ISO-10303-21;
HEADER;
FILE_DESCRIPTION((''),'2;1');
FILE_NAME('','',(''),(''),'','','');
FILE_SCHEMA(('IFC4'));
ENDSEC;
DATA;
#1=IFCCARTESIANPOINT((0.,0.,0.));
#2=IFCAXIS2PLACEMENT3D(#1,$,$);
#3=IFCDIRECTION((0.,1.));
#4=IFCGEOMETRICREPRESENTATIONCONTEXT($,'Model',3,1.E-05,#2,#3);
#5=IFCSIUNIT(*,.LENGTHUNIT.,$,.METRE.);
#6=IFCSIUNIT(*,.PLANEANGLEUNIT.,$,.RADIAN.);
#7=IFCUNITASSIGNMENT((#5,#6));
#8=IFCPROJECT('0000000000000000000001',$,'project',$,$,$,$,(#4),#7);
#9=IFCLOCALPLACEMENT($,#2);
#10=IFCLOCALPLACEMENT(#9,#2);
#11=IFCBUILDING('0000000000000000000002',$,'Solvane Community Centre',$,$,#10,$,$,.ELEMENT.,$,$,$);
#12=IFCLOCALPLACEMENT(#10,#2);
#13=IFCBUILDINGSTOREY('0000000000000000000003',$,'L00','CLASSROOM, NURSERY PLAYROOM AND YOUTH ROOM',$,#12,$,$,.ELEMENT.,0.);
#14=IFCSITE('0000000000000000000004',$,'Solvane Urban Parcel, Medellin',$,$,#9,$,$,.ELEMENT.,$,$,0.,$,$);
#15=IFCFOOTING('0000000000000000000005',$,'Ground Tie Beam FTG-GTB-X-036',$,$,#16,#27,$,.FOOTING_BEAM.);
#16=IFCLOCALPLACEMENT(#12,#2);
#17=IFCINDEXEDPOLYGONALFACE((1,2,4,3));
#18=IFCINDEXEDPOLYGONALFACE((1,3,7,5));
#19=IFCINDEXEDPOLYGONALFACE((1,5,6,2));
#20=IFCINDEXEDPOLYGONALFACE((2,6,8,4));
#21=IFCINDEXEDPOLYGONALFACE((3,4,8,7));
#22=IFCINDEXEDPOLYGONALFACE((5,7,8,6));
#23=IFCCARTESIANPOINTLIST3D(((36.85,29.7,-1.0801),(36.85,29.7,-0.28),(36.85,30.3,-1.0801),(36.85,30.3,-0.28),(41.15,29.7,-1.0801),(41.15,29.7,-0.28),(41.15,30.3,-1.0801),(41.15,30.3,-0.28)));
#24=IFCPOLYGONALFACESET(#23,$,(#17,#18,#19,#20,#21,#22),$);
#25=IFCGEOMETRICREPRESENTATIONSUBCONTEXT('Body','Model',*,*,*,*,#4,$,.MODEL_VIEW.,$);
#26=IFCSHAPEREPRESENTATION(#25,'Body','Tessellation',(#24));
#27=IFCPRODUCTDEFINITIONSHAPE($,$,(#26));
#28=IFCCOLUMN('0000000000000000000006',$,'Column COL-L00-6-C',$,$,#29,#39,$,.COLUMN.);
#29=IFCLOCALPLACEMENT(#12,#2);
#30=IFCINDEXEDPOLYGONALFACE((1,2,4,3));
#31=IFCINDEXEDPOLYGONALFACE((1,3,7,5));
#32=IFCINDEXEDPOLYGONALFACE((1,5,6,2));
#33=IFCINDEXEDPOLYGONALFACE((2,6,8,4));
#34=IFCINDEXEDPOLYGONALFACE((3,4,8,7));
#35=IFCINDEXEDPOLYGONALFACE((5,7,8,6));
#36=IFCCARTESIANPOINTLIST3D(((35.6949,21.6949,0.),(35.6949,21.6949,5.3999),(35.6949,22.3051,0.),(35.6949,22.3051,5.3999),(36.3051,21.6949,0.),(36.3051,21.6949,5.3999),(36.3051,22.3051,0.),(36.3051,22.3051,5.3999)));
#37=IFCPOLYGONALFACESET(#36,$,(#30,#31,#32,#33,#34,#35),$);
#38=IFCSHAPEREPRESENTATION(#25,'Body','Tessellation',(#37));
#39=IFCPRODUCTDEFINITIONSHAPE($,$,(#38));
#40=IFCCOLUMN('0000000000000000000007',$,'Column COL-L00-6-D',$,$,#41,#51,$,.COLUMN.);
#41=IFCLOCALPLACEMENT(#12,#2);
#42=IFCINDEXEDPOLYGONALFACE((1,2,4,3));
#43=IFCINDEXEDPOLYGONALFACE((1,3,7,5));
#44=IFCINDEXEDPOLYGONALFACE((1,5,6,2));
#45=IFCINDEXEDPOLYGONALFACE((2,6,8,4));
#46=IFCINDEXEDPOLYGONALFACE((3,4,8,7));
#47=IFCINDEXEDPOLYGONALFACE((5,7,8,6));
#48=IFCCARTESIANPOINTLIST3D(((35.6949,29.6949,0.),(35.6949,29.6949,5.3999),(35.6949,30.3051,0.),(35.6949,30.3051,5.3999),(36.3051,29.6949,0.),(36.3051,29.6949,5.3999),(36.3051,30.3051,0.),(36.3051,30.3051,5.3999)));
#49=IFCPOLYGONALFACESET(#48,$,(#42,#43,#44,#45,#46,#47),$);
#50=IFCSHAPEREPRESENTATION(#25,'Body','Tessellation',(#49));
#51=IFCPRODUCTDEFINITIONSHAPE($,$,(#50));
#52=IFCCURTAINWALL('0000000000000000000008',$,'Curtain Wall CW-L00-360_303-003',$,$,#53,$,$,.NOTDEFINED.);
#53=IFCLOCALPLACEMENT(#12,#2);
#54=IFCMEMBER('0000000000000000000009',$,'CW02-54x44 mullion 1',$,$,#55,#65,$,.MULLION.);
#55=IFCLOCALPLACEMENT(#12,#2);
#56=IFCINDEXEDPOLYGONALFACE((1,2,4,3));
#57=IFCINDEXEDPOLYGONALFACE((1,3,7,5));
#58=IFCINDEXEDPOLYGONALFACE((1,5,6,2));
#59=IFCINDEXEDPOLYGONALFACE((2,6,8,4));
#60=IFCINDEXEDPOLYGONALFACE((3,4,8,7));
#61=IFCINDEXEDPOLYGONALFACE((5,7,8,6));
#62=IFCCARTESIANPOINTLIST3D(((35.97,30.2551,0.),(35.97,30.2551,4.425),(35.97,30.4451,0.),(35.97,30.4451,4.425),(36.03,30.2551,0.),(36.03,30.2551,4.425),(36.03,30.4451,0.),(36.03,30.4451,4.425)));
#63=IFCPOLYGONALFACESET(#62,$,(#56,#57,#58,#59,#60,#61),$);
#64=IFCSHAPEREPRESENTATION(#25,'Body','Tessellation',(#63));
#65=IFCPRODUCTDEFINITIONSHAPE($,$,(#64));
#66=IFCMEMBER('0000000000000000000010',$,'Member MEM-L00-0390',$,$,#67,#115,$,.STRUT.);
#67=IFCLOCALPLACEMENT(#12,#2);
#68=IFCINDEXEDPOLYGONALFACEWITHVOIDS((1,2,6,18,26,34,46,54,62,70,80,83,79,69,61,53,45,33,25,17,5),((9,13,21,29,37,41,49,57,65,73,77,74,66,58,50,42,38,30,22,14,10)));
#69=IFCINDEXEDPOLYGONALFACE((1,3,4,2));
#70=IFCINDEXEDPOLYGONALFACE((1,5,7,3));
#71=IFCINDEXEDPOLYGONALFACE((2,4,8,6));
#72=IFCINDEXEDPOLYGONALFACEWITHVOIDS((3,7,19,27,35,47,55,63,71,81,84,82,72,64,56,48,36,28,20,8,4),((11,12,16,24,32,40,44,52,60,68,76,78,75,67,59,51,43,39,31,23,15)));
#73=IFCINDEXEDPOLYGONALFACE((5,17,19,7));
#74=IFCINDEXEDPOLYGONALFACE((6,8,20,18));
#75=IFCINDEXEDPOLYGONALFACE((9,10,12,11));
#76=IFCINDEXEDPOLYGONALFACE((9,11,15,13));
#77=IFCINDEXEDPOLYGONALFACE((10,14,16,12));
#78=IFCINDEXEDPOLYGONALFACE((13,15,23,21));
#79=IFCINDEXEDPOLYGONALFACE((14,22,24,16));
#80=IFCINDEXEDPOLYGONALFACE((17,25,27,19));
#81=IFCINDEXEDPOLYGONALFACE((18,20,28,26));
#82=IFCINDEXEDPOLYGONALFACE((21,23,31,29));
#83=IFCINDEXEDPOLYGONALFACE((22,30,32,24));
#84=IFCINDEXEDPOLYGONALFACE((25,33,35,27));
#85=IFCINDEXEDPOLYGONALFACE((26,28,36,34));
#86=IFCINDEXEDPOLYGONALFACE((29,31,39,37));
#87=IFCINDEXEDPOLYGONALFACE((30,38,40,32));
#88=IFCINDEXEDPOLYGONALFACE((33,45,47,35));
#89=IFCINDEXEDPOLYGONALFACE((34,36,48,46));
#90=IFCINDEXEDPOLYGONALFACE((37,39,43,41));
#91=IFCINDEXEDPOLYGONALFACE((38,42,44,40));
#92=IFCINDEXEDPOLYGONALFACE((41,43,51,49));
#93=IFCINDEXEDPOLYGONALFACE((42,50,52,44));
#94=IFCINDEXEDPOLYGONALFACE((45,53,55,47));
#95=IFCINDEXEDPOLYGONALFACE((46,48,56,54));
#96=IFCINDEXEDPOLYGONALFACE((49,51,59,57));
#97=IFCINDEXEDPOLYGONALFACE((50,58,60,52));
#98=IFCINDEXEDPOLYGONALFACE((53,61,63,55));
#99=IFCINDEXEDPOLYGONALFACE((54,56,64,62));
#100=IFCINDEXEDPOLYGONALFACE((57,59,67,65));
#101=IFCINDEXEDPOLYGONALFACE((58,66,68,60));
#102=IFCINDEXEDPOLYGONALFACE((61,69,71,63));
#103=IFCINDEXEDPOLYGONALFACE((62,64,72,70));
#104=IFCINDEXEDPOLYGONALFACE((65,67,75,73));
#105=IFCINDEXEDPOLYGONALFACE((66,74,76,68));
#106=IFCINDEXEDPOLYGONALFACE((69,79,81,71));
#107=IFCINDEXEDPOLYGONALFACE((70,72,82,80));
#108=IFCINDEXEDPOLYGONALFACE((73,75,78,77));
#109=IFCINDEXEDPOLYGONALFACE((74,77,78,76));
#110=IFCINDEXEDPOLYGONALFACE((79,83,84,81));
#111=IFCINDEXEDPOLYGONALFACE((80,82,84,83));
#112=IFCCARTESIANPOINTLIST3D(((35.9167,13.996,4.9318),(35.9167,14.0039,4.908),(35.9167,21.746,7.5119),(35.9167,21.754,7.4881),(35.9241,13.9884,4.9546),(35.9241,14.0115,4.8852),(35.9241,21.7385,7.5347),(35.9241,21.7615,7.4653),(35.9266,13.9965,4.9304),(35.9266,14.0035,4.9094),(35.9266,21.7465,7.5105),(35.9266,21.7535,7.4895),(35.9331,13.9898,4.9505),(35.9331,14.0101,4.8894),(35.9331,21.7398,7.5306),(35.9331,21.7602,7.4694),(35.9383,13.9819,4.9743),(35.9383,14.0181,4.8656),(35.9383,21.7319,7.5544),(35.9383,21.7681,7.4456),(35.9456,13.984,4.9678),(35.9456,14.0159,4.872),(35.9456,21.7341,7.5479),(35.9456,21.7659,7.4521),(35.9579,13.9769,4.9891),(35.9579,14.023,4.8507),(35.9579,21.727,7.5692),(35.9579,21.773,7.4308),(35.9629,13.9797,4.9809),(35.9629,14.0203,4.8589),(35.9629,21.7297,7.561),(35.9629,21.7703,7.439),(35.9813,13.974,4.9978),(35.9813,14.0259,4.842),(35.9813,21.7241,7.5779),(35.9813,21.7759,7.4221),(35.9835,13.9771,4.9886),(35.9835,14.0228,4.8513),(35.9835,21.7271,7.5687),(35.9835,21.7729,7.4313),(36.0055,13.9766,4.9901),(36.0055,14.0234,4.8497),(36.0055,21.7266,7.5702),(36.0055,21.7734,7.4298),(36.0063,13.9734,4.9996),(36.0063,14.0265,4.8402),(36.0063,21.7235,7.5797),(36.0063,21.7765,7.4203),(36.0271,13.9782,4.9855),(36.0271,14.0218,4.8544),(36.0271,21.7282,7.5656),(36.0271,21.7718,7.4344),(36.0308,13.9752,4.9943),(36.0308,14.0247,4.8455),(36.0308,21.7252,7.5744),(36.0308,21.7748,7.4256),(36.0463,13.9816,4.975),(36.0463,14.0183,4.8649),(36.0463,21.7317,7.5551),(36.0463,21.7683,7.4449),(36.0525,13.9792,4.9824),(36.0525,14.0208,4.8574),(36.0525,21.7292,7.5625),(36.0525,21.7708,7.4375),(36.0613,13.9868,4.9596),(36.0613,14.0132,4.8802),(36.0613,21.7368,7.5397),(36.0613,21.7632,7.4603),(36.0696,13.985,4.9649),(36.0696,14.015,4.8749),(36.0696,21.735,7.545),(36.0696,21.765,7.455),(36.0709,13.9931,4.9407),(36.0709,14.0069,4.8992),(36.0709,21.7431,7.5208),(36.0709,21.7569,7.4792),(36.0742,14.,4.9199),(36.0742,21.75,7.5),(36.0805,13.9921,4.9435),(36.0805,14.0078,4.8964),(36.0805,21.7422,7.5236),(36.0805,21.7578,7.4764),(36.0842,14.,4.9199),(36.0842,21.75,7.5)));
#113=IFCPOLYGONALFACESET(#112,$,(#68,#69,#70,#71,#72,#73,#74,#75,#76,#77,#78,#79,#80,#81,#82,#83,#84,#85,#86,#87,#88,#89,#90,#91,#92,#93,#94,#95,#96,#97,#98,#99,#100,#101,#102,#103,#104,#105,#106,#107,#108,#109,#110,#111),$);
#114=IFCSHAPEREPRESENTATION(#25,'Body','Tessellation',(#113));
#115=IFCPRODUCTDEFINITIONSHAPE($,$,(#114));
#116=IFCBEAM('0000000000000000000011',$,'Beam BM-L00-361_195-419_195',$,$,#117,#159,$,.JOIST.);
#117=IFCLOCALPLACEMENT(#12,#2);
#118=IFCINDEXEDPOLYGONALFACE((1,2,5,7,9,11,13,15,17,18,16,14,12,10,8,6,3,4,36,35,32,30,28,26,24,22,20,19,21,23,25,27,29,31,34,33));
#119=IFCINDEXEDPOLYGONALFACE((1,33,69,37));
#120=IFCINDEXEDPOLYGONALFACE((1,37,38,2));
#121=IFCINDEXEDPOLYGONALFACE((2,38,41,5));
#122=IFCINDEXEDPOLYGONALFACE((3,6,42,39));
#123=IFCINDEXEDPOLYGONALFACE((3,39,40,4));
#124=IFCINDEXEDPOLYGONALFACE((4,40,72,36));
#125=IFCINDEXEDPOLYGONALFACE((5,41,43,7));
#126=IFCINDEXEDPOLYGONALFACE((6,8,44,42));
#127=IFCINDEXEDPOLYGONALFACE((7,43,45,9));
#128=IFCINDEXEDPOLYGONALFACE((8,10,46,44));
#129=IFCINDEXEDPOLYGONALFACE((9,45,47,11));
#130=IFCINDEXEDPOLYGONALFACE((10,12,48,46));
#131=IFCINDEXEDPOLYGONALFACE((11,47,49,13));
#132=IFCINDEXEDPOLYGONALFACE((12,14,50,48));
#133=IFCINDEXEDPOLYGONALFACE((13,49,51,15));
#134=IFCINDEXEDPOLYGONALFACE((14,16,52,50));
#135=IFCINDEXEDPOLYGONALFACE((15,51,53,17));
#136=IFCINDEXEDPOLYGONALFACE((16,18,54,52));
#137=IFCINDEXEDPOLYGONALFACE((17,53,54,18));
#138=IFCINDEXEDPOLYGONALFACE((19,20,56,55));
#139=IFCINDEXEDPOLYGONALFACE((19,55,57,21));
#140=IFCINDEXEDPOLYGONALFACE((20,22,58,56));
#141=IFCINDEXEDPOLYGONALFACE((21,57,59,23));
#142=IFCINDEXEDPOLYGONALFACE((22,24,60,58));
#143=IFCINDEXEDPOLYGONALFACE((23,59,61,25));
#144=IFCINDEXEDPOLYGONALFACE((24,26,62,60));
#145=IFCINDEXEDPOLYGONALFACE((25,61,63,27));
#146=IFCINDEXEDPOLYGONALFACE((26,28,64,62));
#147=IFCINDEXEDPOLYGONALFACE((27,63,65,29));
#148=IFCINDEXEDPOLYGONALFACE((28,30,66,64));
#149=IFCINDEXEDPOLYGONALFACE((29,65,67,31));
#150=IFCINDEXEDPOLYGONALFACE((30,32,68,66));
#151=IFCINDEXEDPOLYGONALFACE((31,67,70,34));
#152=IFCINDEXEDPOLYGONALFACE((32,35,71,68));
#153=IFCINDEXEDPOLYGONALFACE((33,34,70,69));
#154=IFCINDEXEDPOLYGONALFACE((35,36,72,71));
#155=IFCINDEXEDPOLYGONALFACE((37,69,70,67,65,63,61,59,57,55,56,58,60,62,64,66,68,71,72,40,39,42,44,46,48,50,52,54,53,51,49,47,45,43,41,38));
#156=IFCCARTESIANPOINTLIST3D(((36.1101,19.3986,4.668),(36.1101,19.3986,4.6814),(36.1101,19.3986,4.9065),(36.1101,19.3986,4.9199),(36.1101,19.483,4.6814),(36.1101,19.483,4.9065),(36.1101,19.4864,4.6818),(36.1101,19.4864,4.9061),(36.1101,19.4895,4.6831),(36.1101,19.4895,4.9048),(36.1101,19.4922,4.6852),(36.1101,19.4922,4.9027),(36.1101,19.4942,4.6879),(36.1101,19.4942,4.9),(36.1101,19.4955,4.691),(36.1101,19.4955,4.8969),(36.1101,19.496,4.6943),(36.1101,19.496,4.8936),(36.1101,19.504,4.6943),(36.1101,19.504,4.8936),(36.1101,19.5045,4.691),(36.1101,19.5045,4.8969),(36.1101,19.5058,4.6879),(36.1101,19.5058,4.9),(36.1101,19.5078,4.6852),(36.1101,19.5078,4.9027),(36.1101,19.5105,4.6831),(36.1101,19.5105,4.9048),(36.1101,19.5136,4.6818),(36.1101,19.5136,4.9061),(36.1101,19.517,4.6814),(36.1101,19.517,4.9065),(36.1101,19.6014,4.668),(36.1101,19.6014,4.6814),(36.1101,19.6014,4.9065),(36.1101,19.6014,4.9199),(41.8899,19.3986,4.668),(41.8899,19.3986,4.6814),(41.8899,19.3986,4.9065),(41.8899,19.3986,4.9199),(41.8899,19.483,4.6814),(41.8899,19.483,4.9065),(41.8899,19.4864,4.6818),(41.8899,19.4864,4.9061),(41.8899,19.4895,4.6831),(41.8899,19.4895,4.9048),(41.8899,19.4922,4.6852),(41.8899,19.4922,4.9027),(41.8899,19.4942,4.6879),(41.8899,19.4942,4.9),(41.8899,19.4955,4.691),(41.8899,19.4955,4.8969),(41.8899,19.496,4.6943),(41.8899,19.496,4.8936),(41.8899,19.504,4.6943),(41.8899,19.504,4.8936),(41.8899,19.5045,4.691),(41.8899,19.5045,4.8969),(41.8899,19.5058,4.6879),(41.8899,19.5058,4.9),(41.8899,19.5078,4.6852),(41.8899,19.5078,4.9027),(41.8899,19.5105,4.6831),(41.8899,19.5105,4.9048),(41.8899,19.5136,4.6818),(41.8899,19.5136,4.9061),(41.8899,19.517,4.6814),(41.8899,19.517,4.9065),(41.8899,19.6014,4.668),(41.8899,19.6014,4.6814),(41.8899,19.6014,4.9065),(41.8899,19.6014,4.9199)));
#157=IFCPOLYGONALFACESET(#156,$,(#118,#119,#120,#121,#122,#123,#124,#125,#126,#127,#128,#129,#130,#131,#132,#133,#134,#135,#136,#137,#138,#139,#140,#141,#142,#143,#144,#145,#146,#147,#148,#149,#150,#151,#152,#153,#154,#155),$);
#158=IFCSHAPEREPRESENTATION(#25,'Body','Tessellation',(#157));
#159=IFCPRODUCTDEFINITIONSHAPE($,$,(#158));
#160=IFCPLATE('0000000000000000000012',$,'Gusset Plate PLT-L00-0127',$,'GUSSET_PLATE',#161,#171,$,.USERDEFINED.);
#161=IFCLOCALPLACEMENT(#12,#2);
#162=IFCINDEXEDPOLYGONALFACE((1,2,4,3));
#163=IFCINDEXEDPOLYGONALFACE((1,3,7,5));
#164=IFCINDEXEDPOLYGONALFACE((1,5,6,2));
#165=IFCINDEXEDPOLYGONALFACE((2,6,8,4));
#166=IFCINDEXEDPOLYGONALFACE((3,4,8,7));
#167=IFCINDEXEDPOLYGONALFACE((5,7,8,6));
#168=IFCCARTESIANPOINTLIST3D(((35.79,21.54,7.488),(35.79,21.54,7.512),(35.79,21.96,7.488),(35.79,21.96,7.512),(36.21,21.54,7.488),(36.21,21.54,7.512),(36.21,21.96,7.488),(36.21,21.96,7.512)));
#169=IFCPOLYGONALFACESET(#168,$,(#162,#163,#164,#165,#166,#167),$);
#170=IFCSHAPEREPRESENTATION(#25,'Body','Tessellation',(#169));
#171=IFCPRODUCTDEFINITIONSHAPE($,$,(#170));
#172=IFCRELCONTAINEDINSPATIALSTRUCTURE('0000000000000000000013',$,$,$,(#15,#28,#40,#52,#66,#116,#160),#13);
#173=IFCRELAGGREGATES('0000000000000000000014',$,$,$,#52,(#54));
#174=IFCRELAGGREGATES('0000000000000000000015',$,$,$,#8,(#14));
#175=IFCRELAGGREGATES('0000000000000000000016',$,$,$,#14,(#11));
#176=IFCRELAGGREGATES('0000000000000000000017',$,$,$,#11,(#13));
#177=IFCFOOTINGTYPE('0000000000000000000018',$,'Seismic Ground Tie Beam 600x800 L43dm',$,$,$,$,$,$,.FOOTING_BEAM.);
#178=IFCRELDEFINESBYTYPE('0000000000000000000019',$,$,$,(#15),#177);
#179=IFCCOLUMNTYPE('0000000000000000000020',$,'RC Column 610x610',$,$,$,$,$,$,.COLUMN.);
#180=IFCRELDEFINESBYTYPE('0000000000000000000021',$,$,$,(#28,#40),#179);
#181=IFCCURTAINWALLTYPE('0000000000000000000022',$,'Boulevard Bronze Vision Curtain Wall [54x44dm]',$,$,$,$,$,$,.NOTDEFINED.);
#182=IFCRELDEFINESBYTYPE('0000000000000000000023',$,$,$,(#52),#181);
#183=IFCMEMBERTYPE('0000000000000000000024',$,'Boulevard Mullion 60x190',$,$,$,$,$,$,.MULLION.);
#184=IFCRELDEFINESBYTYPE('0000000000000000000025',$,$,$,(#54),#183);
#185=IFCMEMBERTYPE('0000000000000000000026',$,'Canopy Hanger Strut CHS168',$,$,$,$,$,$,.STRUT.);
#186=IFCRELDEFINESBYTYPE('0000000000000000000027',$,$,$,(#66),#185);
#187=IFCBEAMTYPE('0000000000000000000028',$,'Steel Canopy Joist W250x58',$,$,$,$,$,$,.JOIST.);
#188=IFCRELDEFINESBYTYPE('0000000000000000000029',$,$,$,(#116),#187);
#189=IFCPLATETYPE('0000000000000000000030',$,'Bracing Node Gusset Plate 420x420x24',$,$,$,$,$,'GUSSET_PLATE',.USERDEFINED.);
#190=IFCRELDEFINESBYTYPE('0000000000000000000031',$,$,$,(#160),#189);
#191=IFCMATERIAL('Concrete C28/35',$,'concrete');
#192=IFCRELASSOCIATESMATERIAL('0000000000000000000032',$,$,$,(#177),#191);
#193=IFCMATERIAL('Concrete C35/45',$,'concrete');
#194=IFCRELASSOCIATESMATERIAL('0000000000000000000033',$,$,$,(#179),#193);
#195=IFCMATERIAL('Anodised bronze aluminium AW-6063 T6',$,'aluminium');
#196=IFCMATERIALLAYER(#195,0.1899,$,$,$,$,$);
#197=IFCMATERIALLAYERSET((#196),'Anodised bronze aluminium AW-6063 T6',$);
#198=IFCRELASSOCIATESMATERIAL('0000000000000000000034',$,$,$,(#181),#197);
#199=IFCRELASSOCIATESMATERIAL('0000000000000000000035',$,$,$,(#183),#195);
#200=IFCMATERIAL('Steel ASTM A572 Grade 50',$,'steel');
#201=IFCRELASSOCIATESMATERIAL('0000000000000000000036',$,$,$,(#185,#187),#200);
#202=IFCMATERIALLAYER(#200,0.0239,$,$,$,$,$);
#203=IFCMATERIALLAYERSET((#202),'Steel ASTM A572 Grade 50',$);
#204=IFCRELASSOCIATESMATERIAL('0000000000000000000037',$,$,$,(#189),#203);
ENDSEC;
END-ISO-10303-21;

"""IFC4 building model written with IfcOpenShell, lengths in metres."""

from ifc_helpers import new_model, si_unit, direction, frame, origin, origin_2d, place, context, subcontext, project, spatial, rectangle, hollow_circle, i_section, extrude, material, layer, layer_set, material_profile, profile_set, type_object, element, aggregate, save


model = new_model("IFC4")

# Units and contexts
model_context = context("Model", 3, precision=1e-05, world=origin(), true_north=direction((0.0, 1.0)))
body_context = subcontext(model_context, "Body", "Model", "MODEL_VIEW")
ifc_project = project(units=[si_unit("LENGTHUNIT", "METRE"), si_unit("PLANEANGLEUNIT", "RADIAN")], contexts=[model_context])

# Site, building, storey
site_placement = place(None, origin())
site = spatial("IfcSite", under=ifc_project, at=site_placement, Name="Solvane Urban Parcel, Medellin", CompositionType="ELEMENT", RefElevation=0.0)
building_placement = place(site_placement, origin())
building = spatial("IfcBuilding", under=site, at=building_placement, Name="Solvane Community Centre", CompositionType="ELEMENT")
storey_placement = place(building_placement, origin())
storey = spatial("IfcBuildingStorey", under=building, at=storey_placement, Name="L00", Description="CLASSROOM, NURSERY PLAYROOM AND YOUTH ROOM", CompositionType="ELEMENT", Elevation=0.0)

# Shared definitions
ifc_material_1 = material(Name="Concrete C28/35", Category="concrete")

# Footing
footing_type_1 = type_object("IfcFootingType", Name="Seismic Ground Tie Beam 600x800 L43dm", PredefinedType="FOOTING_BEAM", material=ifc_material_1)
for number, where, z_axis, x_axis, name in (
    (1, (39.0, 30.0, -1.0801), (0.0, 0.0, 1.0), (1.0, 0.0, 0.0), "Ground Tie Beam FTG-GTB-X-036"),
):
    element("IfcFooting", number, at=place(storey_placement, frame(where, z_axis=z_axis, x_axis=x_axis)), inside=storey, type_object=footing_type_1, Name=name, PredefinedType="FOOTING_BEAM", context=body_context, shape_type="SweptSolid", body=[
        extrude(rectangle(XDim=4.3, YDim=0.6001, at=origin_2d()), origin(), (0.0, 0.0, 1.0), 0.8),
    ])

# Columns
ifc_material_2 = material(Name="Concrete C35/45", Category="concrete")
ifc_material_profile_1 = material_profile(ifc_material_2, rectangle(XDim=0.6101, YDim=0.6101, at=origin_2d()), Name="RC 610x610")
ifc_profile_set_1 = profile_set([ifc_material_profile_1], Name="Concrete C35/45")
column_type = type_object("IfcColumnType", Name="RC Column 610x610", PredefinedType="COLUMN", material=ifc_profile_set_1)
for number, where, z_axis, x_axis, name in (
    (2, (36.0, 22.0, 0.0), (0.0, 0.0, 1.0), (1.0, 0.0, 0.0), "Column COL-L00-6-C"),
    (3, (36.0, 30.0, 0.0), (0.0, 0.0, 1.0), (1.0, 0.0, 0.0), "Column COL-L00-6-D"),
):
    element("IfcColumn", number, at=place(storey_placement, frame(where, z_axis=z_axis, x_axis=x_axis)), inside=storey, type_object=column_type, Name=name, PredefinedType="COLUMN", context=body_context, shape_type="SweptSolid", body=[
        extrude(rectangle(XDim=0.6101, YDim=0.6101, at=origin_2d()), origin(), (0.0, 0.0, 1.0), 5.3999),
    ])

# Curtain wall, member
ifc_material_3 = material(Name="Anodised bronze aluminium AW-6063 T6", Category="aluminium")
ifc_layer_1 = layer(ifc_material_3, 0.1899)
ifc_layer_set_1 = layer_set([ifc_layer_1], Name="Anodised bronze aluminium AW-6063 T6")
curtain_wall_type = type_object("IfcCurtainWallType", Name="Boulevard Bronze Vision Curtain Wall [54x44dm]", PredefinedType="NOTDEFINED", material=ifc_layer_set_1)
curtain_wall_placement = place(storey_placement, origin())
curtain_wall = element("IfcCurtainWall", 4, at=curtain_wall_placement, inside=storey, type_object=curtain_wall_type, Name="Curtain Wall CW-L00-360_303-003", PredefinedType="NOTDEFINED")
ifc_material_profile_2 = material_profile(ifc_material_3, rectangle(XDim=0.0601, YDim=0.1899, at=origin_2d()), Name="CW-M 60x190")
ifc_profile_set_2 = profile_set([ifc_material_profile_2], Name="Anodised bronze aluminium AW-6063 T6")
member_type_1 = type_object("IfcMemberType", Name="Boulevard Mullion 60x190", PredefinedType="MULLION", material=ifc_profile_set_2)
member_1_placement = place(storey_placement, frame((36.0, 30.3501, 0.0), z_axis=(0.0, 0.0, 1.0), x_axis=(-1.0, 0.0, 0.0)))
member_1 = element("IfcMember", 5, at=member_1_placement, type_object=member_type_1, Name="CW02-54x44 mullion 1", PredefinedType="MULLION", context=body_context, shape_type="SweptSolid", body=[
    extrude(rectangle(XDim=0.0601, YDim=0.1899, at=origin_2d()), origin(), (0.0, 0.0, 1.0), 4.425),
])
aggregate(curtain_wall, [member_1])

# Member
ifc_material_4 = material(Name="Steel ASTM A572 Grade 50", Category="steel")
ifc_material_profile_3 = material_profile(ifc_material_4, hollow_circle(Radius=0.0842, WallThickness=0.01, at=origin_2d()), Name="CHS 168.3x10.0")
ifc_profile_set_3 = profile_set([ifc_material_profile_3], Name="Steel ASTM A572 Grade 50")
member_type_2 = type_object("IfcMemberType", Name="Canopy Hanger Strut CHS168", PredefinedType="STRUT", material=ifc_profile_set_3)
member_2_placement = place(storey_placement, frame((36.0, 21.75, 7.5), z_axis=(0.0, -0.948803, -0.315869), x_axis=(1.0, 0.0, 0.0)))
element("IfcMember", 6, at=member_2_placement, inside=storey, type_object=member_type_2, Name="Member MEM-L00-0390", PredefinedType="STRUT", context=body_context, shape_type="SweptSolid", body=[
    extrude(hollow_circle(Radius=0.0842, WallThickness=0.01, at=origin_2d()), origin(), (0.0, 0.0, 1.0), 8.1682),
])

# Beam
ifc_material_profile_4 = material_profile(ifc_material_4, i_section(OverallWidth=0.2029, OverallDepth=0.252, WebThickness=0.0081, FlangeThickness=0.0134, FilletRadius=0.0129, at=origin_2d()), Name="W250x58")
ifc_profile_set_4 = profile_set([ifc_material_profile_4], Name="Steel ASTM A572 Grade 50")
beam_type = type_object("IfcBeamType", Name="Steel Canopy Joist W250x58", PredefinedType="JOIST", material=ifc_profile_set_4)
beam_placement = place(storey_placement, frame((36.1101, 19.5, 4.7939), z_axis=(1.0, 0.0, 0.0), x_axis=(0.0, 1.0, 0.0)))
element("IfcBeam", 7, at=beam_placement, inside=storey, type_object=beam_type, Name="Beam BM-L00-361_195-419_195", PredefinedType="JOIST", context=body_context, shape_type="SweptSolid", body=[
    extrude(i_section(OverallWidth=0.2029, OverallDepth=0.252, WebThickness=0.0081, FlangeThickness=0.0134, FilletRadius=0.0129, at=origin_2d()), origin(), (0.0, 0.0, 1.0), 5.7798),
])

# Plate
ifc_layer_2 = layer(ifc_material_4, 0.0239)
ifc_layer_set_2 = layer_set([ifc_layer_2], Name="Steel ASTM A572 Grade 50")
plate_type = type_object("IfcPlateType", Name="Bracing Node Gusset Plate 420x420x24", ElementType="GUSSET_PLATE", PredefinedType="USERDEFINED", material=ifc_layer_set_2)
plate_placement = place(storey_placement, frame((36.0, 21.75, 7.488), z_axis=(0.0, 0.0, 1.0), x_axis=(1.0, 0.0, 0.0)))
element("IfcPlate", 8, at=plate_placement, inside=storey, type_object=plate_type, Name="Gusset Plate PLT-L00-0127", ObjectType="GUSSET_PLATE", PredefinedType="USERDEFINED", context=body_context, shape_type="SweptSolid", body=[
    extrude(rectangle(XDim=0.4199, YDim=0.4199, at=origin_2d()), origin(), (0.0, 0.0, 1.0), 0.0239),
])

save(model, "model.ifc")
